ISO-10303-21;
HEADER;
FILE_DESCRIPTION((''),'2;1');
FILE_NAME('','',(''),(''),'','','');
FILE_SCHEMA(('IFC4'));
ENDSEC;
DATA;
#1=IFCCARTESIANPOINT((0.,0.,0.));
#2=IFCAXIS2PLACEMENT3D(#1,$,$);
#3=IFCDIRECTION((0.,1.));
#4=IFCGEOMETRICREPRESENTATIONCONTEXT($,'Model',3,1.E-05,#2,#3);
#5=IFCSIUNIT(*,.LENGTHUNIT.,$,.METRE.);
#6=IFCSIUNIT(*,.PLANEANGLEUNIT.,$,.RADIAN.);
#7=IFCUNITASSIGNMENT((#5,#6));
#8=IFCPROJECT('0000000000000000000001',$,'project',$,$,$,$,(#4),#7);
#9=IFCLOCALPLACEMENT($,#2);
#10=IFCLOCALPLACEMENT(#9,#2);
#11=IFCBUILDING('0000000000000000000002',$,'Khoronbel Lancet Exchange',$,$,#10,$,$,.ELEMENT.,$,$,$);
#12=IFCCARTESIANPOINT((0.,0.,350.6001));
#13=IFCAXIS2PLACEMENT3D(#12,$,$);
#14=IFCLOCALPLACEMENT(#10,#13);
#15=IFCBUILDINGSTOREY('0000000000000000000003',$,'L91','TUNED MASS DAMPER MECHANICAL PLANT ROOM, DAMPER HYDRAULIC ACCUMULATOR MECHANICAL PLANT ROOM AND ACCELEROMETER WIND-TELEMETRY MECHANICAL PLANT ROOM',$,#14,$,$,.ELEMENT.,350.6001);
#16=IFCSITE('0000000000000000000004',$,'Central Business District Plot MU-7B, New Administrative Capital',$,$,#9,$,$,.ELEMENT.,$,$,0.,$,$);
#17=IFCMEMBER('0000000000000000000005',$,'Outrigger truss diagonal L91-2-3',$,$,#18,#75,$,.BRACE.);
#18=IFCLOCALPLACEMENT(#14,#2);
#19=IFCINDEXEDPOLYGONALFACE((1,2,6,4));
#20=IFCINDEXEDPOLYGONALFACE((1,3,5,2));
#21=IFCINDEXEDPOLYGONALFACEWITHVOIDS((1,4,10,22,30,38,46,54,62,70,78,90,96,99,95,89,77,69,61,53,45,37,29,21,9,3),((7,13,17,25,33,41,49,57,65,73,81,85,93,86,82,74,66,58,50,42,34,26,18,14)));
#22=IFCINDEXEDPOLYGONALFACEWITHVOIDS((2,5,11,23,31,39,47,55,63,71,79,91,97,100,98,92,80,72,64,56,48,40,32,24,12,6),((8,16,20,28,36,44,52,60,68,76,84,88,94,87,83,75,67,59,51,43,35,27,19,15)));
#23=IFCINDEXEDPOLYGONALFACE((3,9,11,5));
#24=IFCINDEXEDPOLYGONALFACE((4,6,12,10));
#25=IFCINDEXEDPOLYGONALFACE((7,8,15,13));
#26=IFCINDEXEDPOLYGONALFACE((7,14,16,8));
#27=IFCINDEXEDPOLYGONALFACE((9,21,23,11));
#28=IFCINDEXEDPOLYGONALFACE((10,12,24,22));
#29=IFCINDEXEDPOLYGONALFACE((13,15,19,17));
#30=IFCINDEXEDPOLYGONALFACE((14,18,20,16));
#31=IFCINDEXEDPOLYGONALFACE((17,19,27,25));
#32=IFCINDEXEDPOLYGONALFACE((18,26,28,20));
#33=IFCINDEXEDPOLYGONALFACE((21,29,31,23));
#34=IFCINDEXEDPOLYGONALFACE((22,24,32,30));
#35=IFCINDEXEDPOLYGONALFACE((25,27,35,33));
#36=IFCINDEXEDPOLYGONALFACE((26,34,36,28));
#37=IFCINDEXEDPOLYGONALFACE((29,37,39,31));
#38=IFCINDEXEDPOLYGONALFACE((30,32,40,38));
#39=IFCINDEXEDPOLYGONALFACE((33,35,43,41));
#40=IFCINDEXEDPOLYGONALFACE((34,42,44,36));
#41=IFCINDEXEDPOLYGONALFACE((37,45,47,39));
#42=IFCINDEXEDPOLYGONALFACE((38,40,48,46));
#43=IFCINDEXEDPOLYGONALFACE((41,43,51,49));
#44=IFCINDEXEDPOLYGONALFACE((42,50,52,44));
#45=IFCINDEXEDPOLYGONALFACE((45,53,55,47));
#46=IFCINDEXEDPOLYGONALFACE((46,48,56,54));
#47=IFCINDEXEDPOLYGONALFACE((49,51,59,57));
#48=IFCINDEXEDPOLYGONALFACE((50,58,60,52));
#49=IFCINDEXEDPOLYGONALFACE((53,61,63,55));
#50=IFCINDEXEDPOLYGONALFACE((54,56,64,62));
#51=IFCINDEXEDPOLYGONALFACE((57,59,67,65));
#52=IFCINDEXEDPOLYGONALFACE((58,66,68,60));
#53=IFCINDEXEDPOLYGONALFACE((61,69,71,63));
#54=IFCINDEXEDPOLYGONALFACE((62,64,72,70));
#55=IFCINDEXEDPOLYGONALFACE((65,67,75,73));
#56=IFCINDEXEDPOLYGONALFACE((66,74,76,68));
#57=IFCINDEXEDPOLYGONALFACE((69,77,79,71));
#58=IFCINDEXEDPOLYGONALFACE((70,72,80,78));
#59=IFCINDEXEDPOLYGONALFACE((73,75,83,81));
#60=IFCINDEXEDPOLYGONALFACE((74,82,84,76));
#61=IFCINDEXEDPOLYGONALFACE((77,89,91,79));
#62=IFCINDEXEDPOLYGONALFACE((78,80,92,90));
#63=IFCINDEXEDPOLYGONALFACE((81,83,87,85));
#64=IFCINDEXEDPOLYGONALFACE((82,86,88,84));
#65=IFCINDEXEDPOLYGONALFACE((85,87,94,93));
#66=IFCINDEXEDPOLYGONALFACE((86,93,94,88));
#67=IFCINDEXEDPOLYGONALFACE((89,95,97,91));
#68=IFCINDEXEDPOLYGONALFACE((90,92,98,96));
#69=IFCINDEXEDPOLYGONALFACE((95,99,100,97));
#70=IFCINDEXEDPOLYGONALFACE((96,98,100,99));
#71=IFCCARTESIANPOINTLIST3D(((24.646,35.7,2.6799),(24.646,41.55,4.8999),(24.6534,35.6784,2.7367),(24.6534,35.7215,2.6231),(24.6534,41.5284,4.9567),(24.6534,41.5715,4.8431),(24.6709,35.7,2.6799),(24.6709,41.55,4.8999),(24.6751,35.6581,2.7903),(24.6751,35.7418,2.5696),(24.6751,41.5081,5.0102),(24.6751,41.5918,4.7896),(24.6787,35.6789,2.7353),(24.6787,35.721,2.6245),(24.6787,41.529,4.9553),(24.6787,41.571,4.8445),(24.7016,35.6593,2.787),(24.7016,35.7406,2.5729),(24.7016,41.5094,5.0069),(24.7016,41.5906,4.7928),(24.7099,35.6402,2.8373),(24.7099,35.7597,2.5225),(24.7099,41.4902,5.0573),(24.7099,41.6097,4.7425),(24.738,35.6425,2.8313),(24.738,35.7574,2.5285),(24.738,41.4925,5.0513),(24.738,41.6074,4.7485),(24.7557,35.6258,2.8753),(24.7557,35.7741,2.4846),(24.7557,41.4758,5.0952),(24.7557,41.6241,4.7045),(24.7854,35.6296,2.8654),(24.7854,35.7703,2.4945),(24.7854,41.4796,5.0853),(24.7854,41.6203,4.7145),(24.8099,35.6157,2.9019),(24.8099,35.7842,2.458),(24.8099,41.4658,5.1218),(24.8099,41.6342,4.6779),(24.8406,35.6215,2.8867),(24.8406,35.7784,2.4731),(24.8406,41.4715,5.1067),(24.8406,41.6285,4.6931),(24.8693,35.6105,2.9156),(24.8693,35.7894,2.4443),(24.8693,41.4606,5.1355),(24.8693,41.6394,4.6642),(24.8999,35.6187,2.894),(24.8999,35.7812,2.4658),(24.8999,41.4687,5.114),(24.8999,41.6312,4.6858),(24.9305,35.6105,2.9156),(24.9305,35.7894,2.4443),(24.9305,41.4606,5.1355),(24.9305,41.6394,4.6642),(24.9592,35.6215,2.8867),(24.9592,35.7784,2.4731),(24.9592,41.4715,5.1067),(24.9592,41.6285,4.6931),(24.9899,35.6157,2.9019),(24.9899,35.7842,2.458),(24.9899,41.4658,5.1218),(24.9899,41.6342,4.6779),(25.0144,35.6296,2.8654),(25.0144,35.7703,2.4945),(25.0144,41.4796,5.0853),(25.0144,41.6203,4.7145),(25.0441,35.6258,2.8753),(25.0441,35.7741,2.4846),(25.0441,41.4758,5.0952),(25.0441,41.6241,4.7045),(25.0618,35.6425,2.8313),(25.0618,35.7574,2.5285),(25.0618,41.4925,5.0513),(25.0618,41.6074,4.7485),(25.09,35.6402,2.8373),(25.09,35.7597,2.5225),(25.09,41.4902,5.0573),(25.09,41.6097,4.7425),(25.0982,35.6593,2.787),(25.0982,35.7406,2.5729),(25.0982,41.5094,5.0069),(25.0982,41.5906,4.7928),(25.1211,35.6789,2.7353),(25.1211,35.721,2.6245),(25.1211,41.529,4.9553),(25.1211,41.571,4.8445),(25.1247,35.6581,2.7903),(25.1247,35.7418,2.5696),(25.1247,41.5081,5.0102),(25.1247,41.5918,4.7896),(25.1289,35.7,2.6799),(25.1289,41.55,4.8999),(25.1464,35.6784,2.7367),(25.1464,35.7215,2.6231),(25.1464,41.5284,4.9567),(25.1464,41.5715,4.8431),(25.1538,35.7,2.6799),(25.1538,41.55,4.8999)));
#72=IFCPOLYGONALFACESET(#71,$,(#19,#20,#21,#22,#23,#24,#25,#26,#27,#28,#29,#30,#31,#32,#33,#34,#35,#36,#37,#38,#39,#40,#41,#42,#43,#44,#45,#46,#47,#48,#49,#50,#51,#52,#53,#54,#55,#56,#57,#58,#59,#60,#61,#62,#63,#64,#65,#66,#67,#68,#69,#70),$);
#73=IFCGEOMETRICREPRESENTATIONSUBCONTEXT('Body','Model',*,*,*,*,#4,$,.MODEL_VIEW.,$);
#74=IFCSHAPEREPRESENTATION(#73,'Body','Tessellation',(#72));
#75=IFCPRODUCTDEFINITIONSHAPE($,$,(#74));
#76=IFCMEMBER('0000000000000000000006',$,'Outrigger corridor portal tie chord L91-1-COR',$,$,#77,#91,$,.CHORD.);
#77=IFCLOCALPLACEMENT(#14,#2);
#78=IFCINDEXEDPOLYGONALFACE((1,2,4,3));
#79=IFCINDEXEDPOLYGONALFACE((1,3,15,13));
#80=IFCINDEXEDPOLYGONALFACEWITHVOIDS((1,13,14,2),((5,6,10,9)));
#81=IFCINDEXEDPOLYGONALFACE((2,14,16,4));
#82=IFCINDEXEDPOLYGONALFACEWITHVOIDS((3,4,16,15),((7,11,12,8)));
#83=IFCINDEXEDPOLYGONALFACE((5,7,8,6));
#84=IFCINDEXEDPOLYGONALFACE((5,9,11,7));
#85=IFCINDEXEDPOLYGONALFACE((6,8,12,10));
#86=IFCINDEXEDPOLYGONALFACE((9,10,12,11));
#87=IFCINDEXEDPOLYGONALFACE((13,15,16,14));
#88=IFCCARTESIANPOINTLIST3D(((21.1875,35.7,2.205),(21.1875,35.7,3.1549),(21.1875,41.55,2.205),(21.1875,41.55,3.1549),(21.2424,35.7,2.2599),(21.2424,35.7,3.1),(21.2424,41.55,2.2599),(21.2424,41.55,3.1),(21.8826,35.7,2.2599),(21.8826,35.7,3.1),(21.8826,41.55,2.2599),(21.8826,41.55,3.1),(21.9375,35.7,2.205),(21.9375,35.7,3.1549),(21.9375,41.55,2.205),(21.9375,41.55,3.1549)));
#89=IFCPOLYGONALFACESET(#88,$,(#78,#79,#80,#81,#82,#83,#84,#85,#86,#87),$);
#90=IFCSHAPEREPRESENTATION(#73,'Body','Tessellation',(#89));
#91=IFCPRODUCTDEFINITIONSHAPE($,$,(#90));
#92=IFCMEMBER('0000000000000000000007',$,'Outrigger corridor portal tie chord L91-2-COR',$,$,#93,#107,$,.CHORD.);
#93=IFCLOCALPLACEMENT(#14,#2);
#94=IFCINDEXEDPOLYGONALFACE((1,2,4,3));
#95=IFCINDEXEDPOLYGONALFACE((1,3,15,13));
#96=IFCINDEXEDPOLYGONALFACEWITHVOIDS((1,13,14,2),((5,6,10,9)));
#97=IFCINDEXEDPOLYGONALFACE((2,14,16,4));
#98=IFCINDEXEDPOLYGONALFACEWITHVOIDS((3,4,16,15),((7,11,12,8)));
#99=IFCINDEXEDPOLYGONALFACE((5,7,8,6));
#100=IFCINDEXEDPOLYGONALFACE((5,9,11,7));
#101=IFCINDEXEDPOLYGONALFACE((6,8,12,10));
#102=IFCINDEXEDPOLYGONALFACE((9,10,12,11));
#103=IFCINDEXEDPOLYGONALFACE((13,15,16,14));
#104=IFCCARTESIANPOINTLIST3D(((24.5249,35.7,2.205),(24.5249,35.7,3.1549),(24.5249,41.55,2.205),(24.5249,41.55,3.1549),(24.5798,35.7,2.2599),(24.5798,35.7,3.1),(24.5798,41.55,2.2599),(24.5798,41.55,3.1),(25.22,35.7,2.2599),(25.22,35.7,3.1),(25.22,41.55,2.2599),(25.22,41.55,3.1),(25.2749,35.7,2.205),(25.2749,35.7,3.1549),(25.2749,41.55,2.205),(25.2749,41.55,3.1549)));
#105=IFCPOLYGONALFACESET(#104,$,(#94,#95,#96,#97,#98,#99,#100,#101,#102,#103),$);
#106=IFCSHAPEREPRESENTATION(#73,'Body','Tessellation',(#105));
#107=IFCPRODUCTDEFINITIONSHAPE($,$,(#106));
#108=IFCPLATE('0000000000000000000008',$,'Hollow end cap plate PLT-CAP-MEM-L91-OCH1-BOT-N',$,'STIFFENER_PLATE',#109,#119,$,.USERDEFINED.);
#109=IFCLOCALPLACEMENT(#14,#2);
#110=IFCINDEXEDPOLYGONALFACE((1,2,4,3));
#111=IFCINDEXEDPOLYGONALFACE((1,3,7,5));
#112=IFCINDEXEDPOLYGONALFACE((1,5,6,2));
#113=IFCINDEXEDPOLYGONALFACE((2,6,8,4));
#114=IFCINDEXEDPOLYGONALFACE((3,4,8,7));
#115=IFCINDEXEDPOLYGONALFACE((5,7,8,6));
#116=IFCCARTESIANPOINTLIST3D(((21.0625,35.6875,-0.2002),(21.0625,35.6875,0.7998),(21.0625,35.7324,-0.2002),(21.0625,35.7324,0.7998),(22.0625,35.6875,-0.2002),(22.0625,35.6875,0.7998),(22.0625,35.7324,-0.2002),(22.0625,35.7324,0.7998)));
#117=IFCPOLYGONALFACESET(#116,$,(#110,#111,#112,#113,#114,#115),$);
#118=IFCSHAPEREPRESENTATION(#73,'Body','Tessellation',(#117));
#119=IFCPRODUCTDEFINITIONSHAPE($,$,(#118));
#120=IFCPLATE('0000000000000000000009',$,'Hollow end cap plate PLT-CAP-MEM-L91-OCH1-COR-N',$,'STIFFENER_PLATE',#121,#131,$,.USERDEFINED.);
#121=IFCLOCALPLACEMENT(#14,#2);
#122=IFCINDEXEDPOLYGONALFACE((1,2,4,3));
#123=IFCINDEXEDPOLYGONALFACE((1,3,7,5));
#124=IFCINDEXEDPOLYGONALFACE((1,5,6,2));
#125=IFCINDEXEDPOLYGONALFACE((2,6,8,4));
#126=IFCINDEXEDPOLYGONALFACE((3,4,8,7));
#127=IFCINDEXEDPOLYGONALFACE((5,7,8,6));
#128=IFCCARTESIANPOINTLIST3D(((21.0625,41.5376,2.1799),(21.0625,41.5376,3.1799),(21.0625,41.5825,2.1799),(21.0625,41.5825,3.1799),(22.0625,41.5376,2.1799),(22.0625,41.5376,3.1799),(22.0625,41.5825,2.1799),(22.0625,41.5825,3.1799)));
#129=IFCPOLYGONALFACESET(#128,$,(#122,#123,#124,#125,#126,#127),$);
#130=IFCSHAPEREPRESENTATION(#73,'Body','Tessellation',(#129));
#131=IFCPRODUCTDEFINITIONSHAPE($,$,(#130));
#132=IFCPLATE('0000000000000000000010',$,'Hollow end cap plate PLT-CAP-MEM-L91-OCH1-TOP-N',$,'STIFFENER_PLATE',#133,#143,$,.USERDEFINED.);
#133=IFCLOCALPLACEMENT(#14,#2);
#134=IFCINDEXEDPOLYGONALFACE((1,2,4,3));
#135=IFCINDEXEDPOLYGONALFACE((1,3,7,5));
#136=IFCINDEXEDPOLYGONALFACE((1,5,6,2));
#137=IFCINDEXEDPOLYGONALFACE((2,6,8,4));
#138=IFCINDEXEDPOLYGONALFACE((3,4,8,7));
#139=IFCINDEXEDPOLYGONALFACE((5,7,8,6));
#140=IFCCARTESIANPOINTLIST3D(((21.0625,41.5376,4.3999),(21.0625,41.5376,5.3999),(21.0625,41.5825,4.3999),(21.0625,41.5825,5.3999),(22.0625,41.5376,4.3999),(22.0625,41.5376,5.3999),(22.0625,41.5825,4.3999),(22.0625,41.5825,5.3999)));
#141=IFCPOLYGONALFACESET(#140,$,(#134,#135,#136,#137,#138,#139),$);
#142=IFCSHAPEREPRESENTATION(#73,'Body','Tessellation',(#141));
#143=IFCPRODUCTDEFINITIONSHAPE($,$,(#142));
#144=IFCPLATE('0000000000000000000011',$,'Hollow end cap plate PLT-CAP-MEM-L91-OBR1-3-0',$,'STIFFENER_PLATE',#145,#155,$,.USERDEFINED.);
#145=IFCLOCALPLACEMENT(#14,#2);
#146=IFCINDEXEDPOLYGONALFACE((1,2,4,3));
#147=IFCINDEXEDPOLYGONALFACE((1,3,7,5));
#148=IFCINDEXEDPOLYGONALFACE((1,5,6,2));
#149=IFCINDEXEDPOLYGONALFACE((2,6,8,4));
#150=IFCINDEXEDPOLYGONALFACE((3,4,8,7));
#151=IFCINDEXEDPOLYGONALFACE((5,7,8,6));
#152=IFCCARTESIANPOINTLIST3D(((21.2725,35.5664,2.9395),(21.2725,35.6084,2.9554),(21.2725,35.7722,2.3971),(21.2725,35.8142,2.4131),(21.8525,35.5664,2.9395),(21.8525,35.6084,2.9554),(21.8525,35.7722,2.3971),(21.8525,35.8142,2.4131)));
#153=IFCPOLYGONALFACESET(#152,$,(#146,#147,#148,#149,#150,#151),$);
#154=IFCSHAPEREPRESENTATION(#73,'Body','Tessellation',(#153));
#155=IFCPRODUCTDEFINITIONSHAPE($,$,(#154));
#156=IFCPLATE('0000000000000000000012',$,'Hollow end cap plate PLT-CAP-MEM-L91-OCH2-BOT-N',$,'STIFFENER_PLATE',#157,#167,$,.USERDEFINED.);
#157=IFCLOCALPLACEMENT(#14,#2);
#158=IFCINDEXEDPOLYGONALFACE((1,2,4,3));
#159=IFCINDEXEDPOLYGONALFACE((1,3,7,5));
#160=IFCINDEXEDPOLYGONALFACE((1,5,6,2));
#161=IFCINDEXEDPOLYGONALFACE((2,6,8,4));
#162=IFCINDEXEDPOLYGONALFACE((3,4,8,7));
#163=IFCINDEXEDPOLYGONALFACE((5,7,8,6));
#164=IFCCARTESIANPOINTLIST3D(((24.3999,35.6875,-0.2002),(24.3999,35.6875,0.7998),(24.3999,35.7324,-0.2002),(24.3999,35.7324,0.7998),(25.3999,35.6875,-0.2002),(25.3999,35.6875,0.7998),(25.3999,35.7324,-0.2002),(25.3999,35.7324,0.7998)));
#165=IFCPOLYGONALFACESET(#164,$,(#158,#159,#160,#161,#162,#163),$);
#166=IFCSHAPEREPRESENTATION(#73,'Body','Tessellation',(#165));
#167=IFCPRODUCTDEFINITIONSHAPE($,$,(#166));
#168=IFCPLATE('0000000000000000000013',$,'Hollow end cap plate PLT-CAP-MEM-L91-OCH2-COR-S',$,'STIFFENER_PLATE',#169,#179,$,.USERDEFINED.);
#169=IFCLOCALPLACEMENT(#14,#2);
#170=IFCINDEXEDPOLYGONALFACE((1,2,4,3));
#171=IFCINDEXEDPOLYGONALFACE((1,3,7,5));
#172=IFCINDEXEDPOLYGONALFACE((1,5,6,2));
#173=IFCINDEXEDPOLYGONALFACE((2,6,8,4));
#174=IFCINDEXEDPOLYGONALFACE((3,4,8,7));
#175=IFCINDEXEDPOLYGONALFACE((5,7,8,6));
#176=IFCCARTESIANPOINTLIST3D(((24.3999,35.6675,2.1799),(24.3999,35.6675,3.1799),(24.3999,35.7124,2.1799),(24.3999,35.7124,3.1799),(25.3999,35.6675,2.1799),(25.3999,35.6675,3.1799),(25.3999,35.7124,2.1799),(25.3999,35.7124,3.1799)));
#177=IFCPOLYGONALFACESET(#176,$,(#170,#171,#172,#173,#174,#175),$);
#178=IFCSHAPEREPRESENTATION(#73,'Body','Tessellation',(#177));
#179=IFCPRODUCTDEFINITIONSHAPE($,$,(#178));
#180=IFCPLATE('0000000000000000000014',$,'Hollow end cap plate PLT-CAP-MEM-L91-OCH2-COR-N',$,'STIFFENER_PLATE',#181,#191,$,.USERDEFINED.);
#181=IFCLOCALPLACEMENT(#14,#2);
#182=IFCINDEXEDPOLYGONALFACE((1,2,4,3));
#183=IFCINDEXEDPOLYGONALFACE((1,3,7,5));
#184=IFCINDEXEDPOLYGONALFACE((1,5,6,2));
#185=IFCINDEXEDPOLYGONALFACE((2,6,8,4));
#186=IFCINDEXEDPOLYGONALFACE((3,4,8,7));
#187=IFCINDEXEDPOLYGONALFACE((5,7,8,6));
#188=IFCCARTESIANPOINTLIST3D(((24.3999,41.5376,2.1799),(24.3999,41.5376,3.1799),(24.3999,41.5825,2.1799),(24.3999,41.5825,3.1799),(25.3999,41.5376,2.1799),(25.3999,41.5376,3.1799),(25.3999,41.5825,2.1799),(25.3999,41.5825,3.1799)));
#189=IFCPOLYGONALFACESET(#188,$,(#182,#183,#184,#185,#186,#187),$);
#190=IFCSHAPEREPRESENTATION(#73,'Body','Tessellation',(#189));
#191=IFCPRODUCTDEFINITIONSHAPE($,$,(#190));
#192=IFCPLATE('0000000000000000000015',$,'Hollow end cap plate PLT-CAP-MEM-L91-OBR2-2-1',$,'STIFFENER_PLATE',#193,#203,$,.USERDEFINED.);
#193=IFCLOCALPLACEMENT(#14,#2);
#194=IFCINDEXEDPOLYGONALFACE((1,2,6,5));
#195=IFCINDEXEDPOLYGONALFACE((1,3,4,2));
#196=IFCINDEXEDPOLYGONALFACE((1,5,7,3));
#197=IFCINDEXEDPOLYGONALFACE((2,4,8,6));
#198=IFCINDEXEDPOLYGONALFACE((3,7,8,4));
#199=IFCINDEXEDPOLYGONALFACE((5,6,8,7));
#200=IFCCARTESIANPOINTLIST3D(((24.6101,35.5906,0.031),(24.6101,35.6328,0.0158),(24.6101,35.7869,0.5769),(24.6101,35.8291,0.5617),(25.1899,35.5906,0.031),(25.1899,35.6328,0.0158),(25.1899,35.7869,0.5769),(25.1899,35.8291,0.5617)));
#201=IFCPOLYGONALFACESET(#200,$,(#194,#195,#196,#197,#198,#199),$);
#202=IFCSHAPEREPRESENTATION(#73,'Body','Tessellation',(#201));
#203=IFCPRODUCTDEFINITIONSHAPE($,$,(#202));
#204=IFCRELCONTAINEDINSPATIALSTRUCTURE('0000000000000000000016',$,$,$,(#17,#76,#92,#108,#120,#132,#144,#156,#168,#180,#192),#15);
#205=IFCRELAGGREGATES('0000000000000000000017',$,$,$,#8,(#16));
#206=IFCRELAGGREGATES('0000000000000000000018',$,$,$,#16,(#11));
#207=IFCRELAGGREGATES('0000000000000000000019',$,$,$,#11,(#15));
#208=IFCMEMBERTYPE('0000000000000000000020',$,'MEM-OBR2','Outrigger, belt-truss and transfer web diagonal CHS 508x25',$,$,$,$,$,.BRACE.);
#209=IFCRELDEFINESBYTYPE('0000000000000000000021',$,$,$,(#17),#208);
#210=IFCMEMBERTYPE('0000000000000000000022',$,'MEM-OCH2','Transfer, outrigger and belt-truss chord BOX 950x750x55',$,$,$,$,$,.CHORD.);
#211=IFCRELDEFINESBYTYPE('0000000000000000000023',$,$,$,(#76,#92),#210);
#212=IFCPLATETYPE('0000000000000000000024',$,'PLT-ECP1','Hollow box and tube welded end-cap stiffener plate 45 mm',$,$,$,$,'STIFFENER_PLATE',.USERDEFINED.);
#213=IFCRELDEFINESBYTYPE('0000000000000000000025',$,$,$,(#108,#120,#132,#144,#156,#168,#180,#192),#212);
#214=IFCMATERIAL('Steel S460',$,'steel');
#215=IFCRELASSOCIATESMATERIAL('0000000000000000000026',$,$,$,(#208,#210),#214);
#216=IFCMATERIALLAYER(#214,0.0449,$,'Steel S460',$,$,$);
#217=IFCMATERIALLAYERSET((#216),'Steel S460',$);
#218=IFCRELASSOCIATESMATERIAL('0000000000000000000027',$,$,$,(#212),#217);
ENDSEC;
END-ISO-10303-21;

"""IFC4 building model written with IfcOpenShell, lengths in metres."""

from ifc_helpers import new_model, si_unit, direction, frame, origin, origin_2d, place, context, subcontext, project, spatial, polyline, rectangle, hollow_rectangle, hollow_circle, outline, extrude, material, layer, layer_set, material_profile, profile_set, type_object, element, save


model = new_model("IFC4")

# Units and contexts
model_context = context("Model", 3, precision=1e-05, world=origin(), true_north=direction((0.0, 1.0)))
body_context = subcontext(model_context, "Body", "Model", "MODEL_VIEW")
ifc_project = project(units=[si_unit("LENGTHUNIT", "METRE"), si_unit("PLANEANGLEUNIT", "RADIAN")], contexts=[model_context])

# Site, building, storey
site_placement = place(None, origin())
site = spatial("IfcSite", under=ifc_project, at=site_placement, Name="Central Business District Plot MU-7B, New Administrative Capital", CompositionType="ELEMENT", RefElevation=0.0)
building_placement = place(site_placement, origin())
building = spatial("IfcBuilding", under=site, at=building_placement, Name="Khoronbel Lancet Exchange", CompositionType="ELEMENT")
storey_placement = place(building_placement, frame((0.0, 0.0, 350.6001)))
storey = spatial("IfcBuildingStorey", under=building, at=storey_placement, Name="L91", Description="TUNED MASS DAMPER MECHANICAL PLANT ROOM, DAMPER HYDRAULIC ACCUMULATOR MECHANICAL PLANT ROOM AND ACCELEROMETER WIND-TELEMETRY MECHANICAL PLANT ROOM", CompositionType="ELEMENT", Elevation=350.6001)

# Members
ifc_material_1 = material(Name="Steel S460", Category="steel")
ifc_material_profile_1 = material_profile(ifc_material_1, hollow_circle(Radius=0.2539, WallThickness=0.0249, at=origin_2d()), Name="CHS 508x25")
ifc_profile_set_1 = profile_set([ifc_material_profile_1], Name="Steel S460")
member_type_1 = type_object("IfcMemberType", Name="MEM-OBR2", Description="Outrigger, belt-truss and transfer web diagonal CHS 508x25", PredefinedType="BRACE", material=ifc_profile_set_1)
for number, where, z_axis, x_axis, name in (
    (1, (24.8999, 35.7, 2.6799), (0.0, 0.934946, 0.354789), (-1.0, 0.0, 0.0), "Outrigger truss diagonal L91-2-3"),
):
    element("IfcMember", number, at=place(storey_placement, frame(where, z_axis=z_axis, x_axis=x_axis)), inside=storey, type_object=member_type_1, Name=name, PredefinedType="BRACE", context=body_context, shape_type="SweptSolid", body=[
        extrude(hollow_circle(Radius=0.2539, WallThickness=0.0249, at=origin_2d()), origin(), (0.0, 0.0, 1.0), 6.2571),
    ])
ifc_material_profile_2 = material_profile(ifc_material_1, hollow_rectangle(XDim=0.75, YDim=0.95, WallThickness=0.0549, at=origin_2d()), Name="BOX 950x750x55")
ifc_profile_set_2 = profile_set([ifc_material_profile_2], Name="Steel S460")
member_type_2 = type_object("IfcMemberType", Name="MEM-OCH2", Description="Transfer, outrigger and belt-truss chord BOX 950x750x55", PredefinedType="CHORD", material=ifc_profile_set_2)
for number, where, z_axis, x_axis, name in (
    (2, (21.5625, 35.7, 2.6799), (0.0, 1.0, 0.0), (-1.0, 0.0, 0.0), "Outrigger corridor portal tie chord L91-1-COR"),
    (3, (24.8999, 35.7, 2.6799), (0.0, 1.0, 0.0), (-1.0, 0.0, 0.0), "Outrigger corridor portal tie chord L91-2-COR"),
):
    element("IfcMember", number, at=place(storey_placement, frame(where, z_axis=z_axis, x_axis=x_axis)), inside=storey, type_object=member_type_2, Name=name, PredefinedType="CHORD", context=body_context, shape_type="SweptSolid", body=[
        extrude(hollow_rectangle(XDim=0.75, YDim=0.95, WallThickness=0.0549, at=origin_2d()), origin(), (0.0, 0.0, 1.0), 5.8501),
    ])

# Plates
ifc_layer_1 = layer(ifc_material_1, 0.0449, Name="Steel S460")
ifc_layer_set_1 = layer_set([ifc_layer_1], Name="Steel S460")
plate_type_1 = type_object("IfcPlateType", Name="PLT-ECP1", Description="Hollow box and tube welded end-cap stiffener plate 45 mm", ElementType="STIFFENER_PLATE", PredefinedType="USERDEFINED", material=ifc_layer_set_1)
for number, where, z_axis, x_axis, name in (
    (4, (21.5625, 35.71, -0.2002), (0.0, 0.0, 1.0), (0.0, 1.0, 0.0), "Hollow end cap plate PLT-CAP-MEM-L91-OCH1-BOT-N"),
    (5, (21.5625, 41.5601, 2.1799), (0.0, 0.0, 1.0), (0.0, 1.0, 0.0), "Hollow end cap plate PLT-CAP-MEM-L91-OCH1-COR-N"),
    (6, (21.5625, 41.5601, 4.3999), (0.0, 0.0, 1.0), (0.0, 1.0, 0.0), "Hollow end cap plate PLT-CAP-MEM-L91-OCH1-TOP-N"),
):
    element("IfcPlate", number, at=place(storey_placement, frame(where, z_axis=z_axis, x_axis=x_axis)), inside=storey, type_object=plate_type_1, Name=name, ObjectType="STIFFENER_PLATE", PredefinedType="USERDEFINED", context=body_context, shape_type="SweptSolid", body=[
        extrude(rectangle(XDim=0.0449, YDim=1.0, at=origin_2d()), origin(), (0.0, 0.0, 1.0), 1.0),
    ])
plate_1_placement = place(storey_placement, frame((21.8525, 35.8142, 2.4131), z_axis=(0.0, 0.93492, 0.354857), x_axis=(-1.0, 0.0, 0.0)))
element("IfcPlate", 7, at=plate_1_placement, inside=storey, type_object=plate_type_1, Name="Hollow end cap plate PLT-CAP-MEM-L91-OBR1-3-0", ObjectType="STIFFENER_PLATE", PredefinedType="USERDEFINED", context=body_context, shape_type="SweptSolid", body=[
    extrude(outline(polyline([(0.0, 0.0), (0.5801, 0.0), (0.5801, 0.5801), (0.0, 0.5801), (0.0, 0.0)])), origin(), (0.0, 0.0, -1.0), 0.0449),
])
for number, where, z_axis, x_axis, name in (
    (8, (24.8999, 35.71, -0.2002), (0.0, 0.0, 1.0), (0.0, 1.0, 0.0), "Hollow end cap plate PLT-CAP-MEM-L91-OCH2-BOT-N"),
    (9, (24.8999, 35.6899, 2.1799), (0.0, 0.0, 1.0), (0.0, -1.0, 0.0), "Hollow end cap plate PLT-CAP-MEM-L91-OCH2-COR-S"),
    (10, (24.8999, 41.5601, 2.1799), (0.0, 0.0, 1.0), (0.0, 1.0, 0.0), "Hollow end cap plate PLT-CAP-MEM-L91-OCH2-COR-N"),
):
    element("IfcPlate", number, at=place(storey_placement, frame(where, z_axis=z_axis, x_axis=x_axis)), inside=storey, type_object=plate_type_1, Name=name, ObjectType="STIFFENER_PLATE", PredefinedType="USERDEFINED", context=body_context, shape_type="SweptSolid", body=[
        extrude(rectangle(XDim=0.0449, YDim=1.0, at=origin_2d()), origin(), (0.0, 0.0, 1.0), 1.0),
    ])
for number, where, z_axis, x_axis, name in (
    (11, (24.6101, 35.5906, 0.031), (0.0, -0.941016, 0.338362), (1.0, 0.0, 0.0), "Hollow end cap plate PLT-CAP-MEM-L91-OBR2-2-1"),
):
    element("IfcPlate", number, at=place(storey_placement, frame(where, z_axis=z_axis, x_axis=x_axis)), inside=storey, type_object=plate_type_1, Name=name, ObjectType="STIFFENER_PLATE", PredefinedType="USERDEFINED", context=body_context, shape_type="SweptSolid", body=[
        extrude(outline(polyline([(0.0, 0.0), (0.5798, 0.0), (0.5798, 0.5801), (0.0, 0.5801), (0.0, 0.0)])), origin(), (0.0, 0.0, -1.0), 0.0449),
    ])

save(model, "model.ifc")
